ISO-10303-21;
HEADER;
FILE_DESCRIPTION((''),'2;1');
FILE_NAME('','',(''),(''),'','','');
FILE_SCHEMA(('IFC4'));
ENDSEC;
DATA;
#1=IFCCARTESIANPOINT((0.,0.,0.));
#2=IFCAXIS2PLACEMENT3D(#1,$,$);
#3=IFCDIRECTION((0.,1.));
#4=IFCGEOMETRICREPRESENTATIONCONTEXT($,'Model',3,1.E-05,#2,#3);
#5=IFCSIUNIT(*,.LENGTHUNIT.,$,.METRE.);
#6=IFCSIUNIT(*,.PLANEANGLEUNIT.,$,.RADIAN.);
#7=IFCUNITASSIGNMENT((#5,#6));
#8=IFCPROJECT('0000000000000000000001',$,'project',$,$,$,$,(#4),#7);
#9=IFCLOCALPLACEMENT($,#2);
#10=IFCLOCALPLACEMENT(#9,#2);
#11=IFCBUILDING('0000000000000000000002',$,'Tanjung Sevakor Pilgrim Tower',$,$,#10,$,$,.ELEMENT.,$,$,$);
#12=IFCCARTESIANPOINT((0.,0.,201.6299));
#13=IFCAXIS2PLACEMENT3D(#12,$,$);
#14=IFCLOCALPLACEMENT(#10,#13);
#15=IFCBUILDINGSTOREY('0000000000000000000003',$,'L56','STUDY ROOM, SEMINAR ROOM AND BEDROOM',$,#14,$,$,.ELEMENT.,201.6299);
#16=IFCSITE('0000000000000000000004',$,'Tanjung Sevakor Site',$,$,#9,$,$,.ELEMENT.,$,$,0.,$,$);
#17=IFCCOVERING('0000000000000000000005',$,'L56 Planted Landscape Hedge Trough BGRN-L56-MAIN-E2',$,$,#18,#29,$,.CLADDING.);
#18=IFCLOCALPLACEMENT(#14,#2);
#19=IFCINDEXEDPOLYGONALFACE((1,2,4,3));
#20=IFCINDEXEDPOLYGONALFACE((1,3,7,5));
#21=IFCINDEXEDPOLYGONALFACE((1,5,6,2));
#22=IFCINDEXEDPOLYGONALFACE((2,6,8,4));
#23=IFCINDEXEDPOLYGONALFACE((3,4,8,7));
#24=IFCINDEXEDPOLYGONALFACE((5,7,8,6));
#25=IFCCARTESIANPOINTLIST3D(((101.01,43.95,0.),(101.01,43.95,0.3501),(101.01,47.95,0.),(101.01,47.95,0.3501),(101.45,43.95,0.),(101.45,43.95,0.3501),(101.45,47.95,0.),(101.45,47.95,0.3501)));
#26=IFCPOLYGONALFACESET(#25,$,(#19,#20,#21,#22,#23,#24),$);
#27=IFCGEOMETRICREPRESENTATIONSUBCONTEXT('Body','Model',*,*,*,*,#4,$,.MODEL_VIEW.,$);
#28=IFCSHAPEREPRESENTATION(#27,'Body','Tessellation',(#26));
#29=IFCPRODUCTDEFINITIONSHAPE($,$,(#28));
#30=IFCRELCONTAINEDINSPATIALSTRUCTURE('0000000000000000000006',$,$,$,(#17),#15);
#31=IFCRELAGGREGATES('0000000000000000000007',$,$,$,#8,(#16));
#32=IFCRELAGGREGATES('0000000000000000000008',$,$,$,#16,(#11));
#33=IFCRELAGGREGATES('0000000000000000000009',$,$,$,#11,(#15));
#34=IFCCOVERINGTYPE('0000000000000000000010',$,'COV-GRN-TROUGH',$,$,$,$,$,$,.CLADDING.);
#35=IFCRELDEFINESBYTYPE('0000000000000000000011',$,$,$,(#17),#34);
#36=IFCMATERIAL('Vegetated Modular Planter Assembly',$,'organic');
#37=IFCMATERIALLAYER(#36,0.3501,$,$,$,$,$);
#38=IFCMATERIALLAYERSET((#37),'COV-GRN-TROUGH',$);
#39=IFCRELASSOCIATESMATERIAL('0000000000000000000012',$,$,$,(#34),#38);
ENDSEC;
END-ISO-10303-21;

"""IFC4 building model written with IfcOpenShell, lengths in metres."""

from ifc_helpers import new_model, si_unit, direction, frame, origin, place, context, subcontext, project, spatial, polyline, outline, extrude, material, layer, layer_set, type_object, element, save


model = new_model("IFC4")

# Units and contexts
model_context = context("Model", 3, precision=1e-05, world=origin(), true_north=direction((0.0, 1.0)))
body_context = subcontext(model_context, "Body", "Model", "MODEL_VIEW")
ifc_project = project(units=[si_unit("LENGTHUNIT", "METRE"), si_unit("PLANEANGLEUNIT", "RADIAN")], contexts=[model_context])

# Site, building, storey
site_placement = place(None, origin())
site = spatial("IfcSite", under=ifc_project, at=site_placement, Name="Tanjung Sevakor Site", CompositionType="ELEMENT", RefElevation=0.0)
building_placement = place(site_placement, origin())
building = spatial("IfcBuilding", under=site, at=building_placement, Name="Tanjung Sevakor Pilgrim Tower", CompositionType="ELEMENT")
storey_placement = place(building_placement, frame((0.0, 0.0, 201.6299)))
storey = spatial("IfcBuildingStorey", under=building, at=storey_placement, Name="L56", Description="STUDY ROOM, SEMINAR ROOM AND BEDROOM", CompositionType="ELEMENT", Elevation=201.6299)

# Covering
ifc_material_1 = material(Name="Vegetated Modular Planter Assembly", Category="organic")
ifc_layer_1 = layer(ifc_material_1, 0.3501)
ifc_layer_set_1 = layer_set([ifc_layer_1], Name="COV-GRN-TROUGH")
covering_type = type_object("IfcCoveringType", Name="COV-GRN-TROUGH", PredefinedType="CLADDING", material=ifc_layer_set_1)
covering_1_placement = place(storey_placement, origin())
element("IfcCovering", 1, at=covering_1_placement, inside=storey, type_object=covering_type, Name="L56 Planted Landscape Hedge Trough BGRN-L56-MAIN-E2", PredefinedType="CLADDING", context=body_context, shape_type="SweptSolid", body=[
    extrude(outline(polyline([(101.45, 43.95), (101.45, 47.95), (101.01, 47.95), (101.01, 43.95), (101.45, 43.95)])), origin(), (0.0, 0.0, 1.0), 0.3501),
])

save(model, "model.ifc")
